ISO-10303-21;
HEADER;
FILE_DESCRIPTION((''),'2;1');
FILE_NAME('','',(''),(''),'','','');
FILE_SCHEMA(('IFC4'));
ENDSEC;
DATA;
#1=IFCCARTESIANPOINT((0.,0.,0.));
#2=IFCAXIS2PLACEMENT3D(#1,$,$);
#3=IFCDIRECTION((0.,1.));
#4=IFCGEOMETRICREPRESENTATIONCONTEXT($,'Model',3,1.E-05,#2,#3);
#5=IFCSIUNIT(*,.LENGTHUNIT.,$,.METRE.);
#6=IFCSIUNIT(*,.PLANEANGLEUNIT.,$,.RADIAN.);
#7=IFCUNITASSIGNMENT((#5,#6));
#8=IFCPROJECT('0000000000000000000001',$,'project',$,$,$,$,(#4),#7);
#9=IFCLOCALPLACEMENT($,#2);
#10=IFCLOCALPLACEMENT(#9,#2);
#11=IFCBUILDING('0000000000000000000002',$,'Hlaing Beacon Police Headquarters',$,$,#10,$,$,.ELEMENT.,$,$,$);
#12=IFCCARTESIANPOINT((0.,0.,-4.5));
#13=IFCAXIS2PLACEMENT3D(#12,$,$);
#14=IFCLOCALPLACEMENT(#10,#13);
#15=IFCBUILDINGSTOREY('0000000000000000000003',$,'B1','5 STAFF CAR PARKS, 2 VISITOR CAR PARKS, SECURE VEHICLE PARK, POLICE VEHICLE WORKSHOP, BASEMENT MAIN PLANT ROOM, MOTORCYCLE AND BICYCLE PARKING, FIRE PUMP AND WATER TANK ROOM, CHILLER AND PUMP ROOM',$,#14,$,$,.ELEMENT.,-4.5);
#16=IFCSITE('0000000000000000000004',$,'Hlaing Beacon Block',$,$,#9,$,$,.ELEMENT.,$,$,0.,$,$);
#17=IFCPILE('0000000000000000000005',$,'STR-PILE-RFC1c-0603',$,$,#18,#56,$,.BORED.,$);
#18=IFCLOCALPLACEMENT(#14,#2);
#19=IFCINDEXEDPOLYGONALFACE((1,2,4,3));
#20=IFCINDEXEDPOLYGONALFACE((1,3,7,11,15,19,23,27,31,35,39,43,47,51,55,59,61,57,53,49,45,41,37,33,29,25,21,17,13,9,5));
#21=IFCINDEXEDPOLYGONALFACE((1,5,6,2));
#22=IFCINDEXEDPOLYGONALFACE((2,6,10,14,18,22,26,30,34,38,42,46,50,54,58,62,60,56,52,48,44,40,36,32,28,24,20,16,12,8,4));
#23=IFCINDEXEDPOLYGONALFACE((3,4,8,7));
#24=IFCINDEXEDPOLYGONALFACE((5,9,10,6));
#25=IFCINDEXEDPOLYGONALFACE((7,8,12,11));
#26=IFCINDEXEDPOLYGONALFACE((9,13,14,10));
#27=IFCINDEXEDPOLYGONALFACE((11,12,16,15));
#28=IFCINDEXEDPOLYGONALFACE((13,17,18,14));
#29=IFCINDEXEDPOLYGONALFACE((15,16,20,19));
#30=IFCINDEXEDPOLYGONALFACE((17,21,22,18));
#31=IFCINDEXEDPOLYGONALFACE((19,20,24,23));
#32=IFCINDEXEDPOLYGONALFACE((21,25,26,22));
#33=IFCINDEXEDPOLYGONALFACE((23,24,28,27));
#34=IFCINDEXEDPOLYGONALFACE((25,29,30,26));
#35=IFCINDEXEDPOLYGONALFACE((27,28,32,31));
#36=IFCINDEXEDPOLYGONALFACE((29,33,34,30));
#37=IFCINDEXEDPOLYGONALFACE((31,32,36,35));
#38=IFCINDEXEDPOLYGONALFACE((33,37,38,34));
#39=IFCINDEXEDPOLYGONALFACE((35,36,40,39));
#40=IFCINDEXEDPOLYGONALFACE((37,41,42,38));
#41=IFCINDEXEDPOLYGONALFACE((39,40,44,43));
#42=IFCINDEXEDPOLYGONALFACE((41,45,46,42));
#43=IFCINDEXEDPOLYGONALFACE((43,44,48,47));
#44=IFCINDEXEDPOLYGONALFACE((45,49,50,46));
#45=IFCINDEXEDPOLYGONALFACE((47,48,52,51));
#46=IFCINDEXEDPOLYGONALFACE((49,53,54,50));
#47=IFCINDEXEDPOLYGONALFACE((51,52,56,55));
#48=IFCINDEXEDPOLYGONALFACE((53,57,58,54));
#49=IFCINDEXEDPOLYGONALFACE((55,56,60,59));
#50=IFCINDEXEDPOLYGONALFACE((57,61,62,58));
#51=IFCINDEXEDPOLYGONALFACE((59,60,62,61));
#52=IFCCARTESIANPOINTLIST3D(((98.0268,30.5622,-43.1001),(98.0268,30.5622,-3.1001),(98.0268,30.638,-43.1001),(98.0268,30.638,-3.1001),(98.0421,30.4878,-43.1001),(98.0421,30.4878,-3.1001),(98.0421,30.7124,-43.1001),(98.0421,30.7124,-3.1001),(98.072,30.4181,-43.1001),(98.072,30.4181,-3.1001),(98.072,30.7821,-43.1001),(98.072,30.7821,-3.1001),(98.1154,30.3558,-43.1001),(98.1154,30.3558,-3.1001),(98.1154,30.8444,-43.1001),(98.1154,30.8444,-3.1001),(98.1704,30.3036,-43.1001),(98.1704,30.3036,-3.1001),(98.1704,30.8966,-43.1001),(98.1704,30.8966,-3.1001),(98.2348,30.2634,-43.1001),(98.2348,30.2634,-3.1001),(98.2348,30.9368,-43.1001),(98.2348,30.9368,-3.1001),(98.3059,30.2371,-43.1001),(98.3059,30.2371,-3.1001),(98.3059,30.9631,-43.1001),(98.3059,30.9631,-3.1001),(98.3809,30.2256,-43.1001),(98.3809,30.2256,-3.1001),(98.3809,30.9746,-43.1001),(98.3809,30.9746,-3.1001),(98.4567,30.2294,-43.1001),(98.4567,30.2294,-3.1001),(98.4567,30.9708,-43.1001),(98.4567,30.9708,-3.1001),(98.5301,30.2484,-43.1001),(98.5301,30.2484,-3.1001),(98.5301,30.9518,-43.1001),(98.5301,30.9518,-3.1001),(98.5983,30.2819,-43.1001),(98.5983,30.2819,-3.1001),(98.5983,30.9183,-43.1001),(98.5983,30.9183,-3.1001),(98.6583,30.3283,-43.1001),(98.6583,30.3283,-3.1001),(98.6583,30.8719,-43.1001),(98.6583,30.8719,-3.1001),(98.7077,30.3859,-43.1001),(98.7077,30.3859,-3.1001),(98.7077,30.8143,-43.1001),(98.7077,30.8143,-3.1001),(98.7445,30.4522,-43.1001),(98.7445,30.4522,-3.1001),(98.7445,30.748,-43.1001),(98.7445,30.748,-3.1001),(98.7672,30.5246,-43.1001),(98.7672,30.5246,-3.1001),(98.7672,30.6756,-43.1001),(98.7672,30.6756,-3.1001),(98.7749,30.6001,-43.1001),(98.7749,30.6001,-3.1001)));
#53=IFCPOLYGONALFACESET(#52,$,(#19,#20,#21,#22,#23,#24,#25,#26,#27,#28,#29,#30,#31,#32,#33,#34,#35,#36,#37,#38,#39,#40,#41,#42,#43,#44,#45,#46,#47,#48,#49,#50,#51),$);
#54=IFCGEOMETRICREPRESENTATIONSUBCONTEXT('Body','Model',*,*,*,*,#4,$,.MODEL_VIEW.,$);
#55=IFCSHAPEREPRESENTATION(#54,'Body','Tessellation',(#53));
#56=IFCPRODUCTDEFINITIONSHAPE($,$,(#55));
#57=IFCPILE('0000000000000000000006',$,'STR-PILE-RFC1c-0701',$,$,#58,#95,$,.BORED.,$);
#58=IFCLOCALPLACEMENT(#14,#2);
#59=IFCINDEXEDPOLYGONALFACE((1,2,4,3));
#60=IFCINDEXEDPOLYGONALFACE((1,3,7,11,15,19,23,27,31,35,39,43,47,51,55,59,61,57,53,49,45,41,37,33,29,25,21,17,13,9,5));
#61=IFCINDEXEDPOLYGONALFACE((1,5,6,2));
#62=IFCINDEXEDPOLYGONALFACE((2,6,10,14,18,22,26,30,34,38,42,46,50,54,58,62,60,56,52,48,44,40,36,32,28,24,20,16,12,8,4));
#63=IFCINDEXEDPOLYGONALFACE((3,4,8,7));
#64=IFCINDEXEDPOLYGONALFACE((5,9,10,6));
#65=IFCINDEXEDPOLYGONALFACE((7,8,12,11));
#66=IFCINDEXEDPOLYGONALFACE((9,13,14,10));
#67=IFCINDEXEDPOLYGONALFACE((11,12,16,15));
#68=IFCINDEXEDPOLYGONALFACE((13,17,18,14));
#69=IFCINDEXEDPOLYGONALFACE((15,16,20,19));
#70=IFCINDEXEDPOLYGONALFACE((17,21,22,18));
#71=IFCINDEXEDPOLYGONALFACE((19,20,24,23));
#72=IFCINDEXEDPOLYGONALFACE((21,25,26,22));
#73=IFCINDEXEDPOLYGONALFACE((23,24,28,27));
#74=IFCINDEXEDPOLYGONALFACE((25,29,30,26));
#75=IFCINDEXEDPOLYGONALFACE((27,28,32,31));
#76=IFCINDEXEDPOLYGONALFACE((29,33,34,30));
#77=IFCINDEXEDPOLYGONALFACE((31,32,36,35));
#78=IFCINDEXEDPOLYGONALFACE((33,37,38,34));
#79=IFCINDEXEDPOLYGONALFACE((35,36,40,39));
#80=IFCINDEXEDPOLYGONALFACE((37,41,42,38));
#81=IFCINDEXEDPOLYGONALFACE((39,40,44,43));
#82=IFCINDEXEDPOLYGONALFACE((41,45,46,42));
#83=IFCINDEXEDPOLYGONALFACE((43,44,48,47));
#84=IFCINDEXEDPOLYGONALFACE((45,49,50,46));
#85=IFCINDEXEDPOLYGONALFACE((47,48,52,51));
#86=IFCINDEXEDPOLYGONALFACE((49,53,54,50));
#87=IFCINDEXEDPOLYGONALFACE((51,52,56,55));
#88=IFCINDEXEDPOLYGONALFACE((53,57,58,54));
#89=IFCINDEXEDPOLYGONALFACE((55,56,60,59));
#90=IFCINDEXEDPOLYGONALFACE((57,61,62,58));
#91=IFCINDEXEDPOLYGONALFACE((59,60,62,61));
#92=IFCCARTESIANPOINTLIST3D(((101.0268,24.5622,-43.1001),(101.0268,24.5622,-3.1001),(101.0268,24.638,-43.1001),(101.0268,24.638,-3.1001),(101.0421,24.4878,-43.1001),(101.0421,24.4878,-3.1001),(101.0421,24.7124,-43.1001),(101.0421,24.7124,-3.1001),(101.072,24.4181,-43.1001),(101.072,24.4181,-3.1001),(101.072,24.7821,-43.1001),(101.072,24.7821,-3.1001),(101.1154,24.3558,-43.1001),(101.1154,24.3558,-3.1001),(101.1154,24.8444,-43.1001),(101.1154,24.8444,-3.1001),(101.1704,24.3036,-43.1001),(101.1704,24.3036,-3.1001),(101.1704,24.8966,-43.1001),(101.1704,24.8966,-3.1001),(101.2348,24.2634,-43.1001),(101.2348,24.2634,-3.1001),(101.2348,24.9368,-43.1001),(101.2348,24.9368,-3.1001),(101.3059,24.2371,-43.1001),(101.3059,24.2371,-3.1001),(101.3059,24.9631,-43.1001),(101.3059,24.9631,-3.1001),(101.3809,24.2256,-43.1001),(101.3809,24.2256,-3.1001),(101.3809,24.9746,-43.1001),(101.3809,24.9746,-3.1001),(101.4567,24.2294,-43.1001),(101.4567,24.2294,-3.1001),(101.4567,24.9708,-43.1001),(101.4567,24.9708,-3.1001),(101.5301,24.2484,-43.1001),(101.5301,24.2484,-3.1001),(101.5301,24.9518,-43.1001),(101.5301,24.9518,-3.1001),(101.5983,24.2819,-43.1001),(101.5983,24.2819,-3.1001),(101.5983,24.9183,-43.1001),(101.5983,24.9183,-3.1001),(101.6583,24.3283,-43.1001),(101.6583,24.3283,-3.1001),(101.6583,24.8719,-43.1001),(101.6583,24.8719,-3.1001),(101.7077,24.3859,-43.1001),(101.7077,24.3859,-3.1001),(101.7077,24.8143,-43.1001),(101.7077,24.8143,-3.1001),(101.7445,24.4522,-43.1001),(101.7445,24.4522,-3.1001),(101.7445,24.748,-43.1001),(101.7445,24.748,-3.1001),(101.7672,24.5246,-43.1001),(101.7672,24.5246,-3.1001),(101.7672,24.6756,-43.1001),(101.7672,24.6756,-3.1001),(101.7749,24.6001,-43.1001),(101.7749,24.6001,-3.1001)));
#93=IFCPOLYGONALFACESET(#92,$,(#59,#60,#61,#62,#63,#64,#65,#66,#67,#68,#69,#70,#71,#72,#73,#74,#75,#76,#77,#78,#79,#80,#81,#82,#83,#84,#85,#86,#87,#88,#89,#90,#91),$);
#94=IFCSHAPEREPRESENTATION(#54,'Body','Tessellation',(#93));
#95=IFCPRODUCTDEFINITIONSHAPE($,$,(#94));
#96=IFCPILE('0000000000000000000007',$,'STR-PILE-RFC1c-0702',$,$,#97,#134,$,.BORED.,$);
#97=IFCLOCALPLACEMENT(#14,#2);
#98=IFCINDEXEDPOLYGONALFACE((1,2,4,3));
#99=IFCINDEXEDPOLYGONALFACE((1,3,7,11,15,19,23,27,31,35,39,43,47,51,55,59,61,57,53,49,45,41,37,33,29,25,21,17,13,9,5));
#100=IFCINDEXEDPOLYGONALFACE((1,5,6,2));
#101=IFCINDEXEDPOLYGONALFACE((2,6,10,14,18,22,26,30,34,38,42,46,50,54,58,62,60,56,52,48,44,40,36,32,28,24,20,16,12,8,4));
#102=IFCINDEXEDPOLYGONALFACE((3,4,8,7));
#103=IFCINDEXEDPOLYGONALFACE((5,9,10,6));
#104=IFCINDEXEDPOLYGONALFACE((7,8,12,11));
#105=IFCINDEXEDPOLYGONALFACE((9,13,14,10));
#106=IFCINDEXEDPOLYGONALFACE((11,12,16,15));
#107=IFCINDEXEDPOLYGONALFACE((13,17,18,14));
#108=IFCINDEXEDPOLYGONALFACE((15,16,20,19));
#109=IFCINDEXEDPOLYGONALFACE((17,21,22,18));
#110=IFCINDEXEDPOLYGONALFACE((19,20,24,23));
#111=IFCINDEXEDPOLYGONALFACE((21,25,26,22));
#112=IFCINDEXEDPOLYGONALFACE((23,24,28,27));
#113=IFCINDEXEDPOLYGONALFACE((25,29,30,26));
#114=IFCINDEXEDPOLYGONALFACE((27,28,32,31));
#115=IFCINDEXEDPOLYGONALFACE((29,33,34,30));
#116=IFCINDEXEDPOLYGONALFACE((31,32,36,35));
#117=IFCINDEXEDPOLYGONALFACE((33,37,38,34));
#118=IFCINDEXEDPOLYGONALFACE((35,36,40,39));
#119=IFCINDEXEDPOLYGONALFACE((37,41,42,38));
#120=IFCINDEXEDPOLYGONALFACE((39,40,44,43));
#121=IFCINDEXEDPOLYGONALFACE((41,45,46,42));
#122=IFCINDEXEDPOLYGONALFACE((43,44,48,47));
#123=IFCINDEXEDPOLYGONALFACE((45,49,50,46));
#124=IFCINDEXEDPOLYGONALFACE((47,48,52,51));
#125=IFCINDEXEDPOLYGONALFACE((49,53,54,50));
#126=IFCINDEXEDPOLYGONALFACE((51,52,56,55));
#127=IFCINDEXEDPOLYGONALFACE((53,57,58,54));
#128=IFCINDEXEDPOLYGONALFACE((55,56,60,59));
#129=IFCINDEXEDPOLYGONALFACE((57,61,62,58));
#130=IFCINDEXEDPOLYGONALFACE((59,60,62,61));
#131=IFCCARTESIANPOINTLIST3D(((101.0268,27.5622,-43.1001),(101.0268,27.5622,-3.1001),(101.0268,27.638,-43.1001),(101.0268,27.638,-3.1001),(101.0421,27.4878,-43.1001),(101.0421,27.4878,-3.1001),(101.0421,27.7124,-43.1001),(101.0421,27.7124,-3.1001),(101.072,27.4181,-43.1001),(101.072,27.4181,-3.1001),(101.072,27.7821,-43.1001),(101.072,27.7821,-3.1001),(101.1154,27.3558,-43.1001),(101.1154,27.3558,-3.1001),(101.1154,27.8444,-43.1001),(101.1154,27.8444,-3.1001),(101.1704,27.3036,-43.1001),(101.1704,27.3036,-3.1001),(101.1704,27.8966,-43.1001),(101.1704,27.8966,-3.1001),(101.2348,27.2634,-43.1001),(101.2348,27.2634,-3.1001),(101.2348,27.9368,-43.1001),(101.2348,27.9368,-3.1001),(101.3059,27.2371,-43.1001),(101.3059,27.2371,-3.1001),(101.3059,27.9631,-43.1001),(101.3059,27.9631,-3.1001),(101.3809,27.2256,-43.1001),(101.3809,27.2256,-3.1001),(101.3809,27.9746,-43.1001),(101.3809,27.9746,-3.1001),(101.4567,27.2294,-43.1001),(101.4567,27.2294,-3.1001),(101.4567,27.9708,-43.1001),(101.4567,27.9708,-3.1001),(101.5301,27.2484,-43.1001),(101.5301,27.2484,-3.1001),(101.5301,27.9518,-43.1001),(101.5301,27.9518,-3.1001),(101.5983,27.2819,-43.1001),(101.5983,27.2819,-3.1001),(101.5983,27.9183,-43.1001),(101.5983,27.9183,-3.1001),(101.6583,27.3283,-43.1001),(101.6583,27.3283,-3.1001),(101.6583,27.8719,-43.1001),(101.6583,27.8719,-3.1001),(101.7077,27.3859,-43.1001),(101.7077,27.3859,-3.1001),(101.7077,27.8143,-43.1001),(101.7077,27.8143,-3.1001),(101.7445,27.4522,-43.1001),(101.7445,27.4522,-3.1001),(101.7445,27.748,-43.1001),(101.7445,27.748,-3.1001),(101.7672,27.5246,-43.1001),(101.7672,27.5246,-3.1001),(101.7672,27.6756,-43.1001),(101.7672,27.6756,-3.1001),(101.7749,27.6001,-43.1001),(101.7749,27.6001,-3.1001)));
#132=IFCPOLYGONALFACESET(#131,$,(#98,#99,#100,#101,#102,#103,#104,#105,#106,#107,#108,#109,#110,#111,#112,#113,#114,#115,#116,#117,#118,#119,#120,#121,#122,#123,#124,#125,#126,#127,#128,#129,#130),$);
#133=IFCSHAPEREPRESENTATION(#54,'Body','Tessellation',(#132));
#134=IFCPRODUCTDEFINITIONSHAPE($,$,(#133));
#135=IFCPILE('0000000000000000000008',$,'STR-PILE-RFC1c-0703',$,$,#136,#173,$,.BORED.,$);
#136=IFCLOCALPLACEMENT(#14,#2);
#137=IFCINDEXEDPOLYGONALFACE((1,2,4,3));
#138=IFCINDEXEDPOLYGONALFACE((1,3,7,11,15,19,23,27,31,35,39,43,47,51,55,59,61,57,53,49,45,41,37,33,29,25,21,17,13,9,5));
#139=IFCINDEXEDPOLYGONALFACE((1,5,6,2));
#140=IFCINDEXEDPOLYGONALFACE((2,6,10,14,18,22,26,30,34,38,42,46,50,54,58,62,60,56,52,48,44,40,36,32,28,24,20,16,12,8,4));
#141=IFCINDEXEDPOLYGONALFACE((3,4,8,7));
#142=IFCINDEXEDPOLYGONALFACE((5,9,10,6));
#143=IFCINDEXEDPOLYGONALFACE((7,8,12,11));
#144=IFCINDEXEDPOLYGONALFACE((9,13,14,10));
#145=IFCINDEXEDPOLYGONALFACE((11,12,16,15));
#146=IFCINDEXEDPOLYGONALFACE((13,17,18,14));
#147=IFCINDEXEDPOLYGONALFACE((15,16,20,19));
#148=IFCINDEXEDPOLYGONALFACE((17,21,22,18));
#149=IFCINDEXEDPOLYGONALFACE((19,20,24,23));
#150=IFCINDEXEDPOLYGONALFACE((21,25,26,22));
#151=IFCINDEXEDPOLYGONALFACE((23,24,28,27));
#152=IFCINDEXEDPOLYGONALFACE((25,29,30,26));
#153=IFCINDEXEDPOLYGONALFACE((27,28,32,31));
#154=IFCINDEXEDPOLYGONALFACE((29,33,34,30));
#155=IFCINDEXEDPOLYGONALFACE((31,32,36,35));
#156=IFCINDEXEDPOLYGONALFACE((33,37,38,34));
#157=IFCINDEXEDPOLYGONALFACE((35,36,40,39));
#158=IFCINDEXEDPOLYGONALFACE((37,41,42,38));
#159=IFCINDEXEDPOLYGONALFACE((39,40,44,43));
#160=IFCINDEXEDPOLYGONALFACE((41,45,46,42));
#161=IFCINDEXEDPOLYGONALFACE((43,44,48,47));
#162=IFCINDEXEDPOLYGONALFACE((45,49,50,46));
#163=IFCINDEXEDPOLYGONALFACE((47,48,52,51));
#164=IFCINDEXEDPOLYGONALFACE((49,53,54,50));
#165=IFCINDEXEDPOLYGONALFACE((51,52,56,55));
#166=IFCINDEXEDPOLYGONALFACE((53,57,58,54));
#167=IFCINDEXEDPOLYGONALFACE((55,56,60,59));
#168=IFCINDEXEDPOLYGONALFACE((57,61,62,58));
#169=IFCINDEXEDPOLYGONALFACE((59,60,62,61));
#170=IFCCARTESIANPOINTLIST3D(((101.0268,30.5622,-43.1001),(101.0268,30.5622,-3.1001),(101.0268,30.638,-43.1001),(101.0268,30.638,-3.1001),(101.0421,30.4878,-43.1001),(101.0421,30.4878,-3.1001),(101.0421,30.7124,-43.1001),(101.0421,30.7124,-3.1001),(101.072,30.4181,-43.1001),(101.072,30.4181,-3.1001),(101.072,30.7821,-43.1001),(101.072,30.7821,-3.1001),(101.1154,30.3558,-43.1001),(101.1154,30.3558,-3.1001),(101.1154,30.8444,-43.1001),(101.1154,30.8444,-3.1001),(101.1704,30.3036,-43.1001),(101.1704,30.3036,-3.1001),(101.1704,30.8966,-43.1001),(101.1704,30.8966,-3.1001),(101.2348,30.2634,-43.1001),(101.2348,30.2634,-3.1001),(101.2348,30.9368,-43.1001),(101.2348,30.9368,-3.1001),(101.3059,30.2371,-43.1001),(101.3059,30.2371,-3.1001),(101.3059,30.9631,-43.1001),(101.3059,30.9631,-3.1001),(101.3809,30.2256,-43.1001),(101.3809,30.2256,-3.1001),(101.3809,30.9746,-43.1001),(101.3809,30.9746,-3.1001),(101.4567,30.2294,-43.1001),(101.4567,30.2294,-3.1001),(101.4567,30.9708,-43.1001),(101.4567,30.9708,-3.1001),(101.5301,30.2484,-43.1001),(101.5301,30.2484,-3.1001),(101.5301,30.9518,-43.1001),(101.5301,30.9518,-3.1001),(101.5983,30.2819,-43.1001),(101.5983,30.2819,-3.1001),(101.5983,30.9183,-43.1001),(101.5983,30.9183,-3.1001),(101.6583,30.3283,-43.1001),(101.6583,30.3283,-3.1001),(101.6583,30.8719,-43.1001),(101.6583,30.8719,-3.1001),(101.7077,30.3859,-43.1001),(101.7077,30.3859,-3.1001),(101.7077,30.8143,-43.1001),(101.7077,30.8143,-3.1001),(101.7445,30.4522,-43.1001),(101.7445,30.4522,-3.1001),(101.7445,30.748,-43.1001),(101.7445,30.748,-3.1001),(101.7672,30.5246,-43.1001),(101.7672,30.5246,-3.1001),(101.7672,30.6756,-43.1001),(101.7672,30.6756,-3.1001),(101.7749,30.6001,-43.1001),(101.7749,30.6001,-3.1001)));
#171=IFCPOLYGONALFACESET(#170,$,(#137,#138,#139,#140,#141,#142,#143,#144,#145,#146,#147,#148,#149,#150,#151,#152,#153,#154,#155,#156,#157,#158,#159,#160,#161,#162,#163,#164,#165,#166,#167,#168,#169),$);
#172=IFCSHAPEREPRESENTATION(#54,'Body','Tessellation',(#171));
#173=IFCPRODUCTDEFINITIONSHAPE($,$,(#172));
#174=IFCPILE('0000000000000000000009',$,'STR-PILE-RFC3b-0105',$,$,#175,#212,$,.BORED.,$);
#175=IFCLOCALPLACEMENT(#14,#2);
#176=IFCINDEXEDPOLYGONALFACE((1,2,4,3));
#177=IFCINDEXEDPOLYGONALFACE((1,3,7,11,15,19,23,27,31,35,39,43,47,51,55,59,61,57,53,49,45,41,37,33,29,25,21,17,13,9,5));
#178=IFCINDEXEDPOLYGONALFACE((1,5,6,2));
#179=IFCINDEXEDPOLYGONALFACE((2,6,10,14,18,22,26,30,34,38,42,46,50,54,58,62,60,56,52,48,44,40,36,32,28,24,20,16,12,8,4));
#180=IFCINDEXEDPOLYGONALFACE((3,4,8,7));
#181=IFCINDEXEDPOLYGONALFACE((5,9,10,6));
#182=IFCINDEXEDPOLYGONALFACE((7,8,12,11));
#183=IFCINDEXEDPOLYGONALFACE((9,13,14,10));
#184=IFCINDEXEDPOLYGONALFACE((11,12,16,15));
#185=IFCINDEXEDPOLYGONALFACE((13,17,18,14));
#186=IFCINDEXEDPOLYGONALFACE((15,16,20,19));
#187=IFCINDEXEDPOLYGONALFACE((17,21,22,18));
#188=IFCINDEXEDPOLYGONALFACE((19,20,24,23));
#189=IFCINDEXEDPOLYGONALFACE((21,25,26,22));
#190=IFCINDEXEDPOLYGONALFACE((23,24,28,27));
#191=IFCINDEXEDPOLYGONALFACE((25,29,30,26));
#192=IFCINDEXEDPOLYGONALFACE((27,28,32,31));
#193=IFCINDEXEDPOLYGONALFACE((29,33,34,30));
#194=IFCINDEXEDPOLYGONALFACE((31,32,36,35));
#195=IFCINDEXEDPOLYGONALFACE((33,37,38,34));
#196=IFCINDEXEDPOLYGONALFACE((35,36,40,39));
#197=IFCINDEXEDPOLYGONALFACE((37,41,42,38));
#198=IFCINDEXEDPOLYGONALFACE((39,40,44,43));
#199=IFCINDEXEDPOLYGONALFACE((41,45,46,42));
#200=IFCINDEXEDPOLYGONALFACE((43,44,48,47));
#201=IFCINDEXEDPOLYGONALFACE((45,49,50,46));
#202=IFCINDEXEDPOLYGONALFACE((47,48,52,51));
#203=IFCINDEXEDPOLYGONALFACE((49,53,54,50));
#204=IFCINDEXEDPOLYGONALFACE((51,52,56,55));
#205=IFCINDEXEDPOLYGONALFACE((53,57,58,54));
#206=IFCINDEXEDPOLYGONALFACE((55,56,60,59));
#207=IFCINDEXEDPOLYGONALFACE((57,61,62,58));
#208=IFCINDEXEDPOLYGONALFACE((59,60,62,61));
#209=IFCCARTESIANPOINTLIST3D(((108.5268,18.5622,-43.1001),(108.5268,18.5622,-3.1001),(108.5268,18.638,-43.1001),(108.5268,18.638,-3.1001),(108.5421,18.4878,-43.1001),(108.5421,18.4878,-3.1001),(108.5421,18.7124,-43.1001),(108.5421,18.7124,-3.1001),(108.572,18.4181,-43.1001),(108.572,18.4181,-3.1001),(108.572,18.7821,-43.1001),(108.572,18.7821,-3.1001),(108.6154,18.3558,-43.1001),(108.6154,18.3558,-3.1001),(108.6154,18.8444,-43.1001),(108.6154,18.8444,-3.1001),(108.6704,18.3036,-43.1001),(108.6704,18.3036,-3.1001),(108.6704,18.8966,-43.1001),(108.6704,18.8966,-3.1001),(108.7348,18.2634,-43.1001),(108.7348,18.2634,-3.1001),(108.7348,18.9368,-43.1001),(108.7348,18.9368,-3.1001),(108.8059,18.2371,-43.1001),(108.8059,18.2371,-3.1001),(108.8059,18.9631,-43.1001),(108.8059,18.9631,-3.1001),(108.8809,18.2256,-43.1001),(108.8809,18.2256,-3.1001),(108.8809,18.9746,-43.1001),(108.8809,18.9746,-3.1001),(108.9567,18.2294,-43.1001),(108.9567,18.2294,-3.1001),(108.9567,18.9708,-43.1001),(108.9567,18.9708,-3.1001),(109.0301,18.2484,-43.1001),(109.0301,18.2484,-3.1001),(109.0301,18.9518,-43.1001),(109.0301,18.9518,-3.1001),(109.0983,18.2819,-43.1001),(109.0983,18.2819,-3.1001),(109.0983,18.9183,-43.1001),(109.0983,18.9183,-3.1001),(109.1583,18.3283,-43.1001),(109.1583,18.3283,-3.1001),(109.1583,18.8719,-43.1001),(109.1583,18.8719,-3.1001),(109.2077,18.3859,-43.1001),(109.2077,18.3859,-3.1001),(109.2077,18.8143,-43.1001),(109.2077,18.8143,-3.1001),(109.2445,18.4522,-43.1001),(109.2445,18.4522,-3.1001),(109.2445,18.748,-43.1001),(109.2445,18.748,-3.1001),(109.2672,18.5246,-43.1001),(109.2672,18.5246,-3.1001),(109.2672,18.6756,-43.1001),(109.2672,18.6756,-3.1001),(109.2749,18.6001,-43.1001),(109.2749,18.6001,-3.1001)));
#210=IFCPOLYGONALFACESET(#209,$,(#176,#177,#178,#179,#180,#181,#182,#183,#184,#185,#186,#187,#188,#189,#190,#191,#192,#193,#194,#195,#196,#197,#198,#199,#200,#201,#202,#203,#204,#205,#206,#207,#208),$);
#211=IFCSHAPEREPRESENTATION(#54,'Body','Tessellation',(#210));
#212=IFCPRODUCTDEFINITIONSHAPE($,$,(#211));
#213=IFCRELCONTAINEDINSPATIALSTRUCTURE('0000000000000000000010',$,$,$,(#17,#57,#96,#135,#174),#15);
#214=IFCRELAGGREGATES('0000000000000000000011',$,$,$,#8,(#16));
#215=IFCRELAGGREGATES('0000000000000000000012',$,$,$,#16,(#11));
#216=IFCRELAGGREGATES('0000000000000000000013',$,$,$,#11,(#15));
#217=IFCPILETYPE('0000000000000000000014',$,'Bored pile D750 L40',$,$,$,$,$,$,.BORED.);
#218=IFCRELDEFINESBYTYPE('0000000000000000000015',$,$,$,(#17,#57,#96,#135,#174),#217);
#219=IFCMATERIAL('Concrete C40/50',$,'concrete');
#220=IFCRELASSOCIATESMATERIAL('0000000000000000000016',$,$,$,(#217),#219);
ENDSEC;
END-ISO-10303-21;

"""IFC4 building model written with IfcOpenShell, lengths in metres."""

from ifc_helpers import new_model, si_unit, direction, frame, origin, origin_2d, place, context, subcontext, project, spatial, circle, extrude, material, material_profile, profile_set, type_object, element, save


model = new_model("IFC4")

# Units and contexts
model_context = context("Model", 3, precision=1e-05, world=origin(), true_north=direction((0.0, 1.0)))
body_context = subcontext(model_context, "Body", "Model", "MODEL_VIEW")
ifc_project = project(units=[si_unit("LENGTHUNIT", "METRE"), si_unit("PLANEANGLEUNIT", "RADIAN")], contexts=[model_context])

# Site, building, storey
site_placement = place(None, origin())
site = spatial("IfcSite", under=ifc_project, at=site_placement, Name="Hlaing Beacon Block", CompositionType="ELEMENT", RefElevation=0.0)
building_placement = place(site_placement, origin())
building = spatial("IfcBuilding", under=site, at=building_placement, Name="Hlaing Beacon Police Headquarters", CompositionType="ELEMENT")
storey_placement = place(building_placement, frame((0.0, 0.0, -4.5)))
storey = spatial("IfcBuildingStorey", under=building, at=storey_placement, Name="B1", Description="5 STAFF CAR PARKS, 2 VISITOR CAR PARKS, SECURE VEHICLE PARK, POLICE VEHICLE WORKSHOP, BASEMENT MAIN PLANT ROOM, MOTORCYCLE AND BICYCLE PARKING, FIRE PUMP AND WATER TANK ROOM, CHILLER AND PUMP ROOM", CompositionType="ELEMENT", Elevation=-4.5)

# Piles
ifc_material_1 = material(Name="Concrete C40/50", Category="concrete")
ifc_material_profile_1 = material_profile(ifc_material_1, circle(Radius=0.375, at=origin_2d()), Name="D750")
ifc_profile_set_1 = profile_set([ifc_material_profile_1], Name="Concrete C40/50")
pile_type_1 = type_object("IfcPileType", Name="Bored pile D750 L40", PredefinedType="BORED", material=ifc_profile_set_1)
for number, where, z_axis, x_axis, name in (
    (1, (98.3999, 30.6001, -3.1001), (0.0, 0.0, -1.0), (1.0, 0.0, 0.0), "STR-PILE-RFC1c-0603"),
    (2, (101.3999, 24.6001, -3.1001), (0.0, 0.0, -1.0), (1.0, 0.0, 0.0), "STR-PILE-RFC1c-0701"),
    (3, (101.3999, 27.6001, -3.1001), (0.0, 0.0, -1.0), (1.0, 0.0, 0.0), "STR-PILE-RFC1c-0702"),
    (4, (101.3999, 30.6001, -3.1001), (0.0, 0.0, -1.0), (1.0, 0.0, 0.0), "STR-PILE-RFC1c-0703"),
    (5, (108.8999, 18.6001, -3.1001), (0.0, 0.0, -1.0), (1.0, 0.0, 0.0), "STR-PILE-RFC3b-0105"),
):
    element("IfcPile", number, at=place(storey_placement, frame(where, z_axis=z_axis, x_axis=x_axis)), inside=storey, type_object=pile_type_1, Name=name, PredefinedType="BORED", context=body_context, shape_type="SweptSolid", body=[
        extrude(circle(Radius=0.375, at=origin_2d()), origin(), (0.0, 0.0, 1.0), 40.0),
    ])

save(model, "model.ifc")
